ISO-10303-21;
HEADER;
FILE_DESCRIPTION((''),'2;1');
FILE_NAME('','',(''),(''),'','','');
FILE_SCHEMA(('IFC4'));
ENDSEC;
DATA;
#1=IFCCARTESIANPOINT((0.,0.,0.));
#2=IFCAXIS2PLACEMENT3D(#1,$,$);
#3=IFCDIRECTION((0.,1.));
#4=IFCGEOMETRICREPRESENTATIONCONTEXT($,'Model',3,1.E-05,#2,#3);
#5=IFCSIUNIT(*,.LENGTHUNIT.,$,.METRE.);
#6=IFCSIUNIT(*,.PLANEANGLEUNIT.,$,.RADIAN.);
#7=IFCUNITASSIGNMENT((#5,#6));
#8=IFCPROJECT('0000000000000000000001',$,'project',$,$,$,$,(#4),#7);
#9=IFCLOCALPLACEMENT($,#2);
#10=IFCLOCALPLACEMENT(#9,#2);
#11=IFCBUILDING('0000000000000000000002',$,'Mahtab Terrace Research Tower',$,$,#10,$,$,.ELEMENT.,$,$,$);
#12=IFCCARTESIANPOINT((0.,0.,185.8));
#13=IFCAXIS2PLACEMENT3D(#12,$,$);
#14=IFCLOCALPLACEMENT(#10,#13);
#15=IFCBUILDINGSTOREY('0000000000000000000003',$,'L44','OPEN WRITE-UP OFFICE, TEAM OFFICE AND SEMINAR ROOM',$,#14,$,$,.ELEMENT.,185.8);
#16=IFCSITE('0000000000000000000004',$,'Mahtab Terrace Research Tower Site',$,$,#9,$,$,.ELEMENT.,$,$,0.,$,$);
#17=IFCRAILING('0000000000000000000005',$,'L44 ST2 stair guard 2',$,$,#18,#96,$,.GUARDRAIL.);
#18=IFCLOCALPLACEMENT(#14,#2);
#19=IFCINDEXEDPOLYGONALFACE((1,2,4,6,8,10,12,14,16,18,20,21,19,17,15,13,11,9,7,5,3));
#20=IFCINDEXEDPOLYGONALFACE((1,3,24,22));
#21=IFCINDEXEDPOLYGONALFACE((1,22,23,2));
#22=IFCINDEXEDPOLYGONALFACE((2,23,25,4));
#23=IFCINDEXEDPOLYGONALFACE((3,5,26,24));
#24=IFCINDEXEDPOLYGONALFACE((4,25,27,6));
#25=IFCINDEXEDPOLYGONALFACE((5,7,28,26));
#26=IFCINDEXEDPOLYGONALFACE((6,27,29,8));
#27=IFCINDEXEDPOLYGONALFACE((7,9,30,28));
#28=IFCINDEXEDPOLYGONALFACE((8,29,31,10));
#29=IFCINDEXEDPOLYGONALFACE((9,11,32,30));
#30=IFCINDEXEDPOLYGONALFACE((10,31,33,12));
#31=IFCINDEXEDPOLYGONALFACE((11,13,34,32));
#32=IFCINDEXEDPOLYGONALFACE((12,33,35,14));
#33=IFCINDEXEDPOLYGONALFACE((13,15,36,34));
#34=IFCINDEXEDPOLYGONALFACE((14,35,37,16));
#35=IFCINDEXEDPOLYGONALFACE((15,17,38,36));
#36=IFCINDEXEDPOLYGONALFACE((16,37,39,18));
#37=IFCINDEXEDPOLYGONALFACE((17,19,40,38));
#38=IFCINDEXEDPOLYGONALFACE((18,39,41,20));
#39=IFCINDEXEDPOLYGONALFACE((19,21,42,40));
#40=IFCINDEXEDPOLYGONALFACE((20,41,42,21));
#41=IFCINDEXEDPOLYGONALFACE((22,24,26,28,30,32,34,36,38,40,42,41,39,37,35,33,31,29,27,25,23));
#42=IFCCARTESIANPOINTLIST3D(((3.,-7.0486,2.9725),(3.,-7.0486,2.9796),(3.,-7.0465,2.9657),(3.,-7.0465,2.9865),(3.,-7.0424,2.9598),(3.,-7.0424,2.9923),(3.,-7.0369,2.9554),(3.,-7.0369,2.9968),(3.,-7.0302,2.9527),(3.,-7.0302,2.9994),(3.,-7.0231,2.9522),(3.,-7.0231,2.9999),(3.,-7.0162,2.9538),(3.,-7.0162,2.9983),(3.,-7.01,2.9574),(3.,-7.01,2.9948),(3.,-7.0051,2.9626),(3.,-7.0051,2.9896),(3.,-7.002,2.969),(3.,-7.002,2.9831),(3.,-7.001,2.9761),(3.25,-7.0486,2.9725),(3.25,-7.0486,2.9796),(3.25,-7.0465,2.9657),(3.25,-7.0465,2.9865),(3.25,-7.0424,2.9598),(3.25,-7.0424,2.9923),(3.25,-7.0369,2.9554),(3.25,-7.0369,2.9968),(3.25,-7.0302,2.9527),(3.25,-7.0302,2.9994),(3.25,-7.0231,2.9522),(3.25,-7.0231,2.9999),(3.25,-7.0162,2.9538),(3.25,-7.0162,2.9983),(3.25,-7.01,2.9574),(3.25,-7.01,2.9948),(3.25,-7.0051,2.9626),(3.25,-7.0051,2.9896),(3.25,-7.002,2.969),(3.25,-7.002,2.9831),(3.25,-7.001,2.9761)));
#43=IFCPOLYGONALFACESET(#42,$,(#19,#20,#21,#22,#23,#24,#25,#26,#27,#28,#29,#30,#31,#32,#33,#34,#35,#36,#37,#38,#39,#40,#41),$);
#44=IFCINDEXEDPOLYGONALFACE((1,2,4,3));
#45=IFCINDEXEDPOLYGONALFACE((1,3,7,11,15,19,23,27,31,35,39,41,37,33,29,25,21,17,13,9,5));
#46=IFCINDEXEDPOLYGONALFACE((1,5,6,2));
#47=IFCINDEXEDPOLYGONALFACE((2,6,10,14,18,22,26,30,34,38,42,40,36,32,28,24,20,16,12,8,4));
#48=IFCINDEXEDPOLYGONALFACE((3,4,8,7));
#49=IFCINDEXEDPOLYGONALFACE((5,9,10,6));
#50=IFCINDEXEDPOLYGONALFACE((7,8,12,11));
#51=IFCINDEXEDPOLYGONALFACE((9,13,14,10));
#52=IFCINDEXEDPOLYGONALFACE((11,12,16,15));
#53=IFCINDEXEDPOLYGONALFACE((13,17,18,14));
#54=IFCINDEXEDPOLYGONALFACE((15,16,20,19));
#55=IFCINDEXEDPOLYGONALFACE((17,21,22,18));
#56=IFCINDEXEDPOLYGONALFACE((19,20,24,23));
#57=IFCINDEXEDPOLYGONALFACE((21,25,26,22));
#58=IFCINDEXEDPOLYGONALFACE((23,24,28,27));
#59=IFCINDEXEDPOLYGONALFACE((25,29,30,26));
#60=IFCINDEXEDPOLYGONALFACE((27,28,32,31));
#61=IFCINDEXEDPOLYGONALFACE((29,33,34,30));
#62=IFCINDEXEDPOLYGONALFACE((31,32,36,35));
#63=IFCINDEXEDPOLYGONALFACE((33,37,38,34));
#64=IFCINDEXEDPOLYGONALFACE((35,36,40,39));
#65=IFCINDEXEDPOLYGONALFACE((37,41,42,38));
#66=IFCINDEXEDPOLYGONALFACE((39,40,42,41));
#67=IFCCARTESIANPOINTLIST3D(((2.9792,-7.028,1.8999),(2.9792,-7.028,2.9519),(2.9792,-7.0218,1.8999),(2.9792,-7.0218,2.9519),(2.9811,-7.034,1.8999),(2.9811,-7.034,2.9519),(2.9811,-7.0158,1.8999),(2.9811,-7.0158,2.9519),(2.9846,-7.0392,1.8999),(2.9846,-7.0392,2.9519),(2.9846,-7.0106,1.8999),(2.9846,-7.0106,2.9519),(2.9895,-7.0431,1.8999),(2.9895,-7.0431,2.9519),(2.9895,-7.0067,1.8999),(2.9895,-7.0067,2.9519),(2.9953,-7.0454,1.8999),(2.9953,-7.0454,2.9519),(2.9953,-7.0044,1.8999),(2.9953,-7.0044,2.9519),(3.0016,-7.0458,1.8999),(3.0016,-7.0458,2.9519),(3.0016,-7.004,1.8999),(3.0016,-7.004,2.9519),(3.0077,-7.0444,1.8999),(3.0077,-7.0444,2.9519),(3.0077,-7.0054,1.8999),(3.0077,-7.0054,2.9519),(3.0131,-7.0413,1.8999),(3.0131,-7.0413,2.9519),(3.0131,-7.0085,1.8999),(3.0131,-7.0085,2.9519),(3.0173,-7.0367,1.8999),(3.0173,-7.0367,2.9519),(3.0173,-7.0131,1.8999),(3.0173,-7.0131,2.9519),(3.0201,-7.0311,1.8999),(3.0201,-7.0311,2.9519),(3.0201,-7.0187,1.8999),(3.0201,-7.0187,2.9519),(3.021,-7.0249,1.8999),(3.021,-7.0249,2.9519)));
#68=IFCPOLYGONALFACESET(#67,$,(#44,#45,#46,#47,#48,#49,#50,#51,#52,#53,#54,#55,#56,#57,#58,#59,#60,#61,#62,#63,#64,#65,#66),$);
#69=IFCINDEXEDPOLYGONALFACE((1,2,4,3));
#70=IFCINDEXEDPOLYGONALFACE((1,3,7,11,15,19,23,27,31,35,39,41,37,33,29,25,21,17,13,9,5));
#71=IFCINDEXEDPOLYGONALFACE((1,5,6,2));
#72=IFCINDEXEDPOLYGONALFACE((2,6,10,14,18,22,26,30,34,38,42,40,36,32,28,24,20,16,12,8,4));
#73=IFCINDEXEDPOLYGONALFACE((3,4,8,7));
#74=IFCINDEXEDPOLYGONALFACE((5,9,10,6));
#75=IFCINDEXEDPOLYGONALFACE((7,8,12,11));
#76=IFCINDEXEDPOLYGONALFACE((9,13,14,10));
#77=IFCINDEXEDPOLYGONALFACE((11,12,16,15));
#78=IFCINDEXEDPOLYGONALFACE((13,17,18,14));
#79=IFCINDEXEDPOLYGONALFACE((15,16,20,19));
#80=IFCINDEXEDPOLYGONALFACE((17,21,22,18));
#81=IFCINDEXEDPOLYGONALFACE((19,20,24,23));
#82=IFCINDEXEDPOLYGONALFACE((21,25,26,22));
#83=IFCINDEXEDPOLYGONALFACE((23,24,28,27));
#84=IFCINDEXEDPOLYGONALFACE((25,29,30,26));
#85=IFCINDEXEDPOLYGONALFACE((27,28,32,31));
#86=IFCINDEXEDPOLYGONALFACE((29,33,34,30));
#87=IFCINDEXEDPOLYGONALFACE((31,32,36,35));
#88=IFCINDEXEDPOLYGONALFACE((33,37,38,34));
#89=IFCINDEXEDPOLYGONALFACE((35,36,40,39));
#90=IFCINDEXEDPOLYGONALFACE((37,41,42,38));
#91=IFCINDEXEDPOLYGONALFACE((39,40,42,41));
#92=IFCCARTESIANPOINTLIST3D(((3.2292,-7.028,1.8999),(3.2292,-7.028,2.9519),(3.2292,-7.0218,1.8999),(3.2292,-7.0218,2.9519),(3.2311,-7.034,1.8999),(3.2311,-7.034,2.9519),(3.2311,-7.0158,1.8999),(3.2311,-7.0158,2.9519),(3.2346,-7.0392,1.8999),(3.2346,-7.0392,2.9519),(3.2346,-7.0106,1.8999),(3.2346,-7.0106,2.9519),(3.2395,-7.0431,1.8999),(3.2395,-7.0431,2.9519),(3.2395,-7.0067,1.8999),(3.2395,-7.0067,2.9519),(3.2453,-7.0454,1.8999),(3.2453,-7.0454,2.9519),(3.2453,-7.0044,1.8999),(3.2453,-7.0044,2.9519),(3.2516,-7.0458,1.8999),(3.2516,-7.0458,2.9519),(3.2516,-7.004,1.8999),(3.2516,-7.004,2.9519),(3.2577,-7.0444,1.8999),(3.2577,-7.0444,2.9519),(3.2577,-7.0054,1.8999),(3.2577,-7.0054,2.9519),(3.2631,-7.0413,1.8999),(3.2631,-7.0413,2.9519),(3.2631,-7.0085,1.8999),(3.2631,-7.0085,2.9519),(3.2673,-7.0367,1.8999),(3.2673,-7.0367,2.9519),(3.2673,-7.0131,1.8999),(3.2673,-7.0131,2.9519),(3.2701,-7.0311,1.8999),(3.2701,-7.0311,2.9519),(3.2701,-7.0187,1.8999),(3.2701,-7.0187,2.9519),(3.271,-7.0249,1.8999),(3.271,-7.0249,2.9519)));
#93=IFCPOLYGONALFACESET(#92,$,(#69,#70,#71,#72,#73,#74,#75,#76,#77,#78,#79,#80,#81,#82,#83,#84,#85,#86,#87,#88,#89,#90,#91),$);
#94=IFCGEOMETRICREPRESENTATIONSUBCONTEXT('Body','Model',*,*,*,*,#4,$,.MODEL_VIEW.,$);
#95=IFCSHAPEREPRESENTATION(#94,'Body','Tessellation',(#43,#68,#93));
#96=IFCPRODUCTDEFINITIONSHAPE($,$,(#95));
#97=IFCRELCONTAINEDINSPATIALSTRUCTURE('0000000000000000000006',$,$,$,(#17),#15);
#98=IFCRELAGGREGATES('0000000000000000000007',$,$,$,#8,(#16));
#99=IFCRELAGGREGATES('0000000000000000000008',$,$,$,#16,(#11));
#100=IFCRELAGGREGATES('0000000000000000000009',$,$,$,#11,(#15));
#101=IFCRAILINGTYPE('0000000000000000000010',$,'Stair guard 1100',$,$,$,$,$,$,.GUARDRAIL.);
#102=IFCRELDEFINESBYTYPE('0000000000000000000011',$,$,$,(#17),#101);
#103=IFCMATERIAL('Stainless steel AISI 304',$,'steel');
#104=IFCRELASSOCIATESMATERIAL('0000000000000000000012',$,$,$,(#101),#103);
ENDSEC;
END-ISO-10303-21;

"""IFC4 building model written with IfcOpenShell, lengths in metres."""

from ifc_helpers import new_model, si_unit, direction, frame, origin, origin_2d, place, context, subcontext, project, spatial, circle, extrude, material, type_object, element, save


model = new_model("IFC4")

# Units and contexts
model_context = context("Model", 3, precision=1e-05, world=origin(), true_north=direction((0.0, 1.0)))
body_context = subcontext(model_context, "Body", "Model", "MODEL_VIEW")
ifc_project = project(units=[si_unit("LENGTHUNIT", "METRE"), si_unit("PLANEANGLEUNIT", "RADIAN")], contexts=[model_context])

# Site, building, storey
site_placement = place(None, origin())
site = spatial("IfcSite", under=ifc_project, at=site_placement, Name="Mahtab Terrace Research Tower Site", CompositionType="ELEMENT", RefElevation=0.0)
building_placement = place(site_placement, origin())
building = spatial("IfcBuilding", under=site, at=building_placement, Name="Mahtab Terrace Research Tower", CompositionType="ELEMENT")
storey_placement = place(building_placement, frame((0.0, 0.0, 185.8)))
storey = spatial("IfcBuildingStorey", under=building, at=storey_placement, Name="L44", Description="OPEN WRITE-UP OFFICE, TEAM OFFICE AND SEMINAR ROOM", CompositionType="ELEMENT", Elevation=185.8)

# Railing
ifc_material_1 = material(Name="Stainless steel AISI 304", Category="steel")
railing_type_1 = type_object("IfcRailingType", Name="Stair guard 1100", PredefinedType="GUARDRAIL", material=ifc_material_1)
railing_1_placement = place(storey_placement, frame((3.0, -7.0249, 1.8999)))
element("IfcRailing", 1, at=railing_1_placement, inside=storey, type_object=railing_type_1, Name="L44 ST2 stair guard 2", PredefinedType="GUARDRAIL", context=body_context, shape_type="SweptSolid", body=[
    extrude(circle(Radius=0.0239, at=origin_2d()), frame((0.0, 0.0, 1.0762), z_axis=(1.0, 0.0, 0.0), x_axis=(0.0, 1.0, 0.0)), (0.0, 0.0, 1.0), 0.25),
    extrude(circle(Radius=0.021, at=origin_2d()), origin(), (0.0, 0.0, 1.0), 1.052),
    extrude(circle(Radius=0.021, at=origin_2d()), frame((0.25, 0.0, 0.0)), (0.0, 0.0, 1.0), 1.052),
])

save(model, "model.ifc")
